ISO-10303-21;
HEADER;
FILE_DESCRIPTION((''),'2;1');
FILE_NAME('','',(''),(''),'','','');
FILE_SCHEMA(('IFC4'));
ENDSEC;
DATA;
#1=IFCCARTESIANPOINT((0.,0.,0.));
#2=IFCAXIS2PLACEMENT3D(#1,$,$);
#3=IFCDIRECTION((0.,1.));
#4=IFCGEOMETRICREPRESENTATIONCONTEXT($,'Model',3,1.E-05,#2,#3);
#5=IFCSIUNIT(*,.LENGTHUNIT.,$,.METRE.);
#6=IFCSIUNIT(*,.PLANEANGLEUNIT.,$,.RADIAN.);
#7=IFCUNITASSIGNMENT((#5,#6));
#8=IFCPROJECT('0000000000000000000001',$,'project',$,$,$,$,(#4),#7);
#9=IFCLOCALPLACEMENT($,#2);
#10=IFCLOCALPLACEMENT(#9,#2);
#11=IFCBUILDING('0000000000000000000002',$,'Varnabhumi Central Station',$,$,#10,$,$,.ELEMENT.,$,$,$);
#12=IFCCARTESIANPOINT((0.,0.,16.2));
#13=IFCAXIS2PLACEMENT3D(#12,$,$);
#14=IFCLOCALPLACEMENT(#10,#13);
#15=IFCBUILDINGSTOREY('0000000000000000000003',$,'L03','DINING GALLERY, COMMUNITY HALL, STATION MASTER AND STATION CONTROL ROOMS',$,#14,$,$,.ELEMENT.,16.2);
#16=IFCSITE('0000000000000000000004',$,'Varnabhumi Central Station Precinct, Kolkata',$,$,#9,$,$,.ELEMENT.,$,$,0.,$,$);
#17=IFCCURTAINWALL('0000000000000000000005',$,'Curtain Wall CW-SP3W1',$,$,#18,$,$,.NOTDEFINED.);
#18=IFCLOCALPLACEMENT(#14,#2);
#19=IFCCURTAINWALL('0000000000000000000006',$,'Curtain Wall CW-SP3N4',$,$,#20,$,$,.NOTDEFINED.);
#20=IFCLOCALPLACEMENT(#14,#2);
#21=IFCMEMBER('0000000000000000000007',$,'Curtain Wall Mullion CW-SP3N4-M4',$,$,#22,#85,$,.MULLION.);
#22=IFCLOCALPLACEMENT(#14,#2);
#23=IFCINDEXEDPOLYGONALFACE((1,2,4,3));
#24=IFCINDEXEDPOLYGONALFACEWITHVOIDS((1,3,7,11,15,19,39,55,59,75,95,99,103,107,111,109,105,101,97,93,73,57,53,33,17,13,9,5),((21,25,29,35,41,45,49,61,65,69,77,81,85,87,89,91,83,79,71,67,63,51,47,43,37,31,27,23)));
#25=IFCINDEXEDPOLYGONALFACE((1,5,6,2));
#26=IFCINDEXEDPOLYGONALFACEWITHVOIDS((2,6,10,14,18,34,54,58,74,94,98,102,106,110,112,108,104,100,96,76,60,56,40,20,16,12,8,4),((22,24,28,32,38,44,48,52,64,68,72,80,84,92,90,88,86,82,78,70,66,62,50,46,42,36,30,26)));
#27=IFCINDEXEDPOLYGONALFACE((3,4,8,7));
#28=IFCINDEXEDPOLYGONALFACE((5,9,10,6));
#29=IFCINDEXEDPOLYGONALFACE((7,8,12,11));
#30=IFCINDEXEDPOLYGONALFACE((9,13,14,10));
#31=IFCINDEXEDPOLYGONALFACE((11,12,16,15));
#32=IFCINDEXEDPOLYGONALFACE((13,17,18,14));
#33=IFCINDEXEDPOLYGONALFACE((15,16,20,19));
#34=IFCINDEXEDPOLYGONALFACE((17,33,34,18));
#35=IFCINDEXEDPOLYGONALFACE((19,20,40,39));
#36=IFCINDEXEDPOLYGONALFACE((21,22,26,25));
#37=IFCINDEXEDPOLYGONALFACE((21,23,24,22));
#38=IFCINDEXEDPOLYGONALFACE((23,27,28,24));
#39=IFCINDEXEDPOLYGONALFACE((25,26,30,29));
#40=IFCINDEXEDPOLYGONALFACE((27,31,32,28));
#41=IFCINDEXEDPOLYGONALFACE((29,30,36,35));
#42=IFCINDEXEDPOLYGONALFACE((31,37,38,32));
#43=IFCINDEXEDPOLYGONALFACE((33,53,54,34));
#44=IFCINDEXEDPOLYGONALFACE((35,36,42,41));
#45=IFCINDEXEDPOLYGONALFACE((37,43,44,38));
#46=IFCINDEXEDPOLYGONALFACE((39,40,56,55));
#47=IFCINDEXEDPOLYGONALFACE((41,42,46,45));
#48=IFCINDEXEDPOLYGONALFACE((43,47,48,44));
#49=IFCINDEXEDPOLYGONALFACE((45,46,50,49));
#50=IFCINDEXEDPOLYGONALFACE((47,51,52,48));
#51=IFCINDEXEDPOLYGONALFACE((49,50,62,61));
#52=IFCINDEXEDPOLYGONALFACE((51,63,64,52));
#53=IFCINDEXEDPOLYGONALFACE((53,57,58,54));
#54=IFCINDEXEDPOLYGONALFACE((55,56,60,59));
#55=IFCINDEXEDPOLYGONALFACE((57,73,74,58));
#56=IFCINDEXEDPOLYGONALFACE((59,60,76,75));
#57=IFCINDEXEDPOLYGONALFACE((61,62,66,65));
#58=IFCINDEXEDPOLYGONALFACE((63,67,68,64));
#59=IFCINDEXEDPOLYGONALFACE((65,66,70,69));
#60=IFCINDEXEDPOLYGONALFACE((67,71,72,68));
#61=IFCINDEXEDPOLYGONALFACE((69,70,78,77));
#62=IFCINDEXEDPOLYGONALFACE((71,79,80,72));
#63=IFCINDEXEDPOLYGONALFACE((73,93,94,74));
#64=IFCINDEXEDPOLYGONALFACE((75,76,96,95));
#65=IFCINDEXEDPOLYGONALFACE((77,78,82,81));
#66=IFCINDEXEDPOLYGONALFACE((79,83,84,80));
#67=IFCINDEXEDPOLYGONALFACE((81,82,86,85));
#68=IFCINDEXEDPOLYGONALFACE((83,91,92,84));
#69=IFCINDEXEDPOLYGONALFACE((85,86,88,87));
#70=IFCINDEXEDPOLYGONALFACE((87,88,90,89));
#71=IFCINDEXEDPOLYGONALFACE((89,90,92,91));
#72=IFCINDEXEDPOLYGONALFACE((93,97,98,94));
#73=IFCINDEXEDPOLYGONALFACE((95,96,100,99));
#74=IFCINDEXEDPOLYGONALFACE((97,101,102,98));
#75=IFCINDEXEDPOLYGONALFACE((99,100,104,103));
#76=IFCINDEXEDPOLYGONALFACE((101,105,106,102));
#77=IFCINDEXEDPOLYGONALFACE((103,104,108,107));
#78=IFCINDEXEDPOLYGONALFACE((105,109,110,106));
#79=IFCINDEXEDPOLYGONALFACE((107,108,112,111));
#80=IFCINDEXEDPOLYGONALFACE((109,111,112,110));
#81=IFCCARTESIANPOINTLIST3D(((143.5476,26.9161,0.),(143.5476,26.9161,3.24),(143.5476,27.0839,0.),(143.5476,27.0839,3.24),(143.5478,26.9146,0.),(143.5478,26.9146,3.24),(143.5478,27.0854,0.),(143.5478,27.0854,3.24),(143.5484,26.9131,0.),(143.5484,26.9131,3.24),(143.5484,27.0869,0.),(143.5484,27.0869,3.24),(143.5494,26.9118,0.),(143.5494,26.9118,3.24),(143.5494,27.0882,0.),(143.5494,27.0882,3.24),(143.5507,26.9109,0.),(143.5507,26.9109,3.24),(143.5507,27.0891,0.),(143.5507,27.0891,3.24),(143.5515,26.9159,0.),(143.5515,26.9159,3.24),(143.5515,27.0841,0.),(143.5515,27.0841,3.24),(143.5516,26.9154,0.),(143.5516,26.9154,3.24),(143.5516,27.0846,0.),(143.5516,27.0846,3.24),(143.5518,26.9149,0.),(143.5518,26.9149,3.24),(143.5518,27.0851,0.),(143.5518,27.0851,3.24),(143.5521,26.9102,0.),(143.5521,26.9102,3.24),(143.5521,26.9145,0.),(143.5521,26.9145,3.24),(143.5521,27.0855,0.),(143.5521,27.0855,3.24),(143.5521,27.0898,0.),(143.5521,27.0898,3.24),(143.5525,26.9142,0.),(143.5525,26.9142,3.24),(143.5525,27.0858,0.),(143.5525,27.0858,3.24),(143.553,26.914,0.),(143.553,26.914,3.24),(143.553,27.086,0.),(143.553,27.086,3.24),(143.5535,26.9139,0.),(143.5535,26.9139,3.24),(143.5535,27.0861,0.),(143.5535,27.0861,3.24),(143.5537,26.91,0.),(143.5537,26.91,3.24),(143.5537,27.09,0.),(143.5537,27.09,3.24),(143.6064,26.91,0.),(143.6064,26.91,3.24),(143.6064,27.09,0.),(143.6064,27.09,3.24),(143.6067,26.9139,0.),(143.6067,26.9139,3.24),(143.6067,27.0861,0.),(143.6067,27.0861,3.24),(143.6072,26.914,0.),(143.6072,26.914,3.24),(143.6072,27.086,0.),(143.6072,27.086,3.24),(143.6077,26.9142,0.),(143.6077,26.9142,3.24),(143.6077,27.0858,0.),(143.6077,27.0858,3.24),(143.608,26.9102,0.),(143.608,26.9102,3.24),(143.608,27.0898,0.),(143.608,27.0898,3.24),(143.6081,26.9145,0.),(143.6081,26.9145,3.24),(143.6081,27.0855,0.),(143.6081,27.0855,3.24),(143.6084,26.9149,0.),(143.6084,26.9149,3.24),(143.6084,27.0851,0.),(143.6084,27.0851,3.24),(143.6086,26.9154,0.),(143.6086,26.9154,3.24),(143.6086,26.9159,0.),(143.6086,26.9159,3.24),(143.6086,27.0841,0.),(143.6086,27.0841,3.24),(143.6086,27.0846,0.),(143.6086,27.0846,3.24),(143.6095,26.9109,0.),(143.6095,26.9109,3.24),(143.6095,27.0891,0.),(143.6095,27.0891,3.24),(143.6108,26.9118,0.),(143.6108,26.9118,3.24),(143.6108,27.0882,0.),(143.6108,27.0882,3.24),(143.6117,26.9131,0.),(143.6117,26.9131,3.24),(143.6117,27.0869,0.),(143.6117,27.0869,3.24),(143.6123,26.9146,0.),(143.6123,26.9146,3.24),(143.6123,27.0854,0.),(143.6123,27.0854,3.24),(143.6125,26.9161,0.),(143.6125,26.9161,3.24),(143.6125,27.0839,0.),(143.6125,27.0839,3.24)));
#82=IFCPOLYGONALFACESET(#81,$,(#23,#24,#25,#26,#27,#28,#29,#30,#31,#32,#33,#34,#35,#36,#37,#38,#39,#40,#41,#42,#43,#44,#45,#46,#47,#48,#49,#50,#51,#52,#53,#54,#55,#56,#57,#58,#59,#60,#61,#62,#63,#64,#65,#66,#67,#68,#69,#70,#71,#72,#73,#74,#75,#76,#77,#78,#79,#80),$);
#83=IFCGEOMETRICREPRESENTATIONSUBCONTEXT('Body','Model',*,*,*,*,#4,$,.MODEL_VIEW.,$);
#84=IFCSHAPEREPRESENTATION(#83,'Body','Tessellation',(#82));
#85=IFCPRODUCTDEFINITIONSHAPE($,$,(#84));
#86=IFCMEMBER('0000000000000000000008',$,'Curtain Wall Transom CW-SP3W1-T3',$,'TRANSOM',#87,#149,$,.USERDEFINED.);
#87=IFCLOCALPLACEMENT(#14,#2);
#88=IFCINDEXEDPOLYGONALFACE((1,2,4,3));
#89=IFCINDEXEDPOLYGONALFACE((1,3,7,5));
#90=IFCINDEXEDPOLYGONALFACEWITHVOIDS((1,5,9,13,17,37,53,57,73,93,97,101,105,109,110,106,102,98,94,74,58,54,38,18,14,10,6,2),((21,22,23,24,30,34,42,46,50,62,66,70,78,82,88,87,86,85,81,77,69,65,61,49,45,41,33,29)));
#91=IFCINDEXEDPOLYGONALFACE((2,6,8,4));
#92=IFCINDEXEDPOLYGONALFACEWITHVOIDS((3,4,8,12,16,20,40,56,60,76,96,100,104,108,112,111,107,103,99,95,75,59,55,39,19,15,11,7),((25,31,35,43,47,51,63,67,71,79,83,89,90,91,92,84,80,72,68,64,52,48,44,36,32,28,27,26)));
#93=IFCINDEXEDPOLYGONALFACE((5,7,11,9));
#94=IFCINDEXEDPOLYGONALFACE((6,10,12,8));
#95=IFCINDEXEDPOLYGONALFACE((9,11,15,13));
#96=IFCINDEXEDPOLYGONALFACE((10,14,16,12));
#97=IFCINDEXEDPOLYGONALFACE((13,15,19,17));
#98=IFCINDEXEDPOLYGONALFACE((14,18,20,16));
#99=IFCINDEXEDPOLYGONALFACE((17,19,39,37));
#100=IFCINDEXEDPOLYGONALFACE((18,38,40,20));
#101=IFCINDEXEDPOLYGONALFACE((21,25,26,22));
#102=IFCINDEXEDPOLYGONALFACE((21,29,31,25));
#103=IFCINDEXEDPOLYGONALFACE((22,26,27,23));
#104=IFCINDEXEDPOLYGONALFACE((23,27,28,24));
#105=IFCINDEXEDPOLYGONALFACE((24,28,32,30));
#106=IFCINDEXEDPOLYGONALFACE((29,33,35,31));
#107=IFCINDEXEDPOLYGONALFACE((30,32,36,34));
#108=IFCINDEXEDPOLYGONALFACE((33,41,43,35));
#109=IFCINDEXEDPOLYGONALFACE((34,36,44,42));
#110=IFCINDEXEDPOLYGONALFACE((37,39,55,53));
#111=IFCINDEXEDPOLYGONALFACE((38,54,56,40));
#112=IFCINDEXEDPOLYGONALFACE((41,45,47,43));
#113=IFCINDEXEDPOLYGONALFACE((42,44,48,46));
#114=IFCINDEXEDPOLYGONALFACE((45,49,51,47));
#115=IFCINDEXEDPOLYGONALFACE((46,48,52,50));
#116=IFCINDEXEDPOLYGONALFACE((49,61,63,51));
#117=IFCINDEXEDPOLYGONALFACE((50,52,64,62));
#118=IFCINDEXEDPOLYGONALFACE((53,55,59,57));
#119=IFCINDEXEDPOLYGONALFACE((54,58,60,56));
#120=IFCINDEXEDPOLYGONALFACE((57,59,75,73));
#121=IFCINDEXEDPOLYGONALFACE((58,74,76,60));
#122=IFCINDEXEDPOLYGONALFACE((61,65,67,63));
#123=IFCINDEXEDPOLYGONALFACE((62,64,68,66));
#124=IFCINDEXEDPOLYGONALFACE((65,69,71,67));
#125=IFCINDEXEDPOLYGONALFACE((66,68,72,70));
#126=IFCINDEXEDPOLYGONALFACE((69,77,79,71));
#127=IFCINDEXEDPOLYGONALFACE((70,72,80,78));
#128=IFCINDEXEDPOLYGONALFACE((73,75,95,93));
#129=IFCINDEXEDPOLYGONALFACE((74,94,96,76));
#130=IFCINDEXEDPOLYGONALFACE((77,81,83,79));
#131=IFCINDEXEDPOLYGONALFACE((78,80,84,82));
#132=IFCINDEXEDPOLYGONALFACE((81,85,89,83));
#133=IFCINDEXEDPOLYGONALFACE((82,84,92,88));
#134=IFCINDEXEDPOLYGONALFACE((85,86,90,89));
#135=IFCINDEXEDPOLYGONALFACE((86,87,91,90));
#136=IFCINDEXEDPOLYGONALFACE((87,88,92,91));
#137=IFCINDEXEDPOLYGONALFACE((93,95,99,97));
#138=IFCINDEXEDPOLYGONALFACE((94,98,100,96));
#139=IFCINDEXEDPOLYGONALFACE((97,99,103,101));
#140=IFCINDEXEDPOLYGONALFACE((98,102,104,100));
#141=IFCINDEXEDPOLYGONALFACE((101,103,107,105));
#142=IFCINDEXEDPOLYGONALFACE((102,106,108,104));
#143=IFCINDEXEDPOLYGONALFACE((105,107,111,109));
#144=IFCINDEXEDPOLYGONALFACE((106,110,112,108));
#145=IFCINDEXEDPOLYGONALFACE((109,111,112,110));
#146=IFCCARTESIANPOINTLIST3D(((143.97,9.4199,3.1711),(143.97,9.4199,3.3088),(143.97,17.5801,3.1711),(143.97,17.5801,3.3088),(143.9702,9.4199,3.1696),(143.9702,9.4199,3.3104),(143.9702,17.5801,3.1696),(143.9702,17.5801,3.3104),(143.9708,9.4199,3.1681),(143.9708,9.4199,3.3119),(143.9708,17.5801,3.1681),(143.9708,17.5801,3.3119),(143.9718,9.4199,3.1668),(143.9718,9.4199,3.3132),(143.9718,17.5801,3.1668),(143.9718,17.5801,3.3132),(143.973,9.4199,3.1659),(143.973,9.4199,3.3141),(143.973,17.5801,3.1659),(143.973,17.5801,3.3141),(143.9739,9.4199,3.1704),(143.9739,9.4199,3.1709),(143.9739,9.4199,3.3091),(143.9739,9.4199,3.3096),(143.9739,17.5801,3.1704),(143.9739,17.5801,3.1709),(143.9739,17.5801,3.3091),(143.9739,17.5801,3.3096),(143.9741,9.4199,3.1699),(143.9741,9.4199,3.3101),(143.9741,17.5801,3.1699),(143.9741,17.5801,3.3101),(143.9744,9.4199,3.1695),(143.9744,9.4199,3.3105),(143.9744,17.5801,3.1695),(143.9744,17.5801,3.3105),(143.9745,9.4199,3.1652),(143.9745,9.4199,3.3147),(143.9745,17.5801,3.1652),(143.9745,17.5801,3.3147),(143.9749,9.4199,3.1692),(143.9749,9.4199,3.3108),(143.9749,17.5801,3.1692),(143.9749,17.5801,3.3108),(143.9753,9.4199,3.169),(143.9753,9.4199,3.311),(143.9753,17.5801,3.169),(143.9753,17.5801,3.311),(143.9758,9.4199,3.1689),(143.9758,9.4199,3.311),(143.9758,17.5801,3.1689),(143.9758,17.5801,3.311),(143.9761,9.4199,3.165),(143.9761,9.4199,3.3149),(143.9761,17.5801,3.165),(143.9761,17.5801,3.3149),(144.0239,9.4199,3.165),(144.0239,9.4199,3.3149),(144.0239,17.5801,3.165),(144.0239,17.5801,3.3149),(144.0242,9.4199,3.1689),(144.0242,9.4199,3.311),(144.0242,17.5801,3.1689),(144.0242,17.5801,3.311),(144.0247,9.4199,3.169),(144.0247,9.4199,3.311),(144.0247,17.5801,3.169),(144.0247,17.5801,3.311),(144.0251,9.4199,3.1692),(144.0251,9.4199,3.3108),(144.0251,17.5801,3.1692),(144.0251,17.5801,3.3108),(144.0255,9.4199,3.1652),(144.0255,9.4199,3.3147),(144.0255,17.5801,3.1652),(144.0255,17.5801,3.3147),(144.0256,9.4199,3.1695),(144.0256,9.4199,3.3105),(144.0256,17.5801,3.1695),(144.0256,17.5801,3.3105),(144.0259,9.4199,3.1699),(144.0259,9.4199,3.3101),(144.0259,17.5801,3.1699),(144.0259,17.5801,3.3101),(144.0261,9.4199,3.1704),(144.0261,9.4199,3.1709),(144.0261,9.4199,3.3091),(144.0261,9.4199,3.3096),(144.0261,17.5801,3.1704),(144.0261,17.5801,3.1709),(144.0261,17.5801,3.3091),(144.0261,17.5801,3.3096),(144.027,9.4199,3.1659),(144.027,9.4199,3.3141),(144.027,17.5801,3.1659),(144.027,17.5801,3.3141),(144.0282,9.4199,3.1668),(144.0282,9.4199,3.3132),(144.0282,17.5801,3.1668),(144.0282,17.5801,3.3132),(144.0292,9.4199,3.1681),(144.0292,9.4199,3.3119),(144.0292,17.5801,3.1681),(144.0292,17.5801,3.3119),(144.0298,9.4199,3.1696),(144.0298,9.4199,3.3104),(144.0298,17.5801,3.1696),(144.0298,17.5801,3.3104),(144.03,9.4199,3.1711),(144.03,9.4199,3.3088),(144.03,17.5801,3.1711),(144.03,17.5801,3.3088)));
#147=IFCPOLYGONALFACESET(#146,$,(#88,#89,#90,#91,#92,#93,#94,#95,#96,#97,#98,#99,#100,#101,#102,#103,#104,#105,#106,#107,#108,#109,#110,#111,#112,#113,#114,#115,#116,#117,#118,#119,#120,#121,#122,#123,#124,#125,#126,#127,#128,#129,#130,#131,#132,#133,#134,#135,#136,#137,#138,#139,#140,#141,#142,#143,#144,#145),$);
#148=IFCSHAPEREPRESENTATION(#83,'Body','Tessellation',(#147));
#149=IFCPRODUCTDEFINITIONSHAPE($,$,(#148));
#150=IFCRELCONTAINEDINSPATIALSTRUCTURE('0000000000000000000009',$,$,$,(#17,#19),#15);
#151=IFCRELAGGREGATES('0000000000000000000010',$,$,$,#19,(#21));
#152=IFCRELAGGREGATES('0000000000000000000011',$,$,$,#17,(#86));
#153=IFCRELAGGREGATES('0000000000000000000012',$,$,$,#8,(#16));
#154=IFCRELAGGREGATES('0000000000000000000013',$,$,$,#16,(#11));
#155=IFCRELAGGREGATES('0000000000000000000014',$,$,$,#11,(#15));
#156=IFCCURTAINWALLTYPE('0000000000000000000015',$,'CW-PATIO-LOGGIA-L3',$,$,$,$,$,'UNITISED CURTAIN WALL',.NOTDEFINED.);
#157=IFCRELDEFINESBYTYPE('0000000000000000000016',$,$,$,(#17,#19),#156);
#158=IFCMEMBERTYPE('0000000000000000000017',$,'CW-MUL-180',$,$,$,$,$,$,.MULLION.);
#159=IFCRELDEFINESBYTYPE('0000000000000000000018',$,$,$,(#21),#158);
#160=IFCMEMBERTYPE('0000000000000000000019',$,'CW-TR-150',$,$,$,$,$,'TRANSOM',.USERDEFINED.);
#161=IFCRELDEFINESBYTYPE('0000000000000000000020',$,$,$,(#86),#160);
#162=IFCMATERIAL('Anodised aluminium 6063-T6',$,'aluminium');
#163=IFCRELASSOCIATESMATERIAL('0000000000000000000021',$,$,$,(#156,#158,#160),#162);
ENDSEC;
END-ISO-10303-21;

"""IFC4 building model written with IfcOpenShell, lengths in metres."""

from ifc_helpers import new_model, si_unit, direction, frame, origin, origin_2d, place, context, subcontext, project, spatial, hollow_rectangle, extrude, material, material_profile, profile_set, type_object, element, aggregate, save


model = new_model("IFC4")

# Units and contexts
model_context = context("Model", 3, precision=1e-05, world=origin(), true_north=direction((0.0, 1.0)))
body_context = subcontext(model_context, "Body", "Model", "MODEL_VIEW")
ifc_project = project(units=[si_unit("LENGTHUNIT", "METRE"), si_unit("PLANEANGLEUNIT", "RADIAN")], contexts=[model_context])

# Site, building, storey
site_placement = place(None, origin())
site = spatial("IfcSite", under=ifc_project, at=site_placement, Name="Varnabhumi Central Station Precinct, Kolkata", CompositionType="ELEMENT", RefElevation=0.0)
building_placement = place(site_placement, origin())
building = spatial("IfcBuilding", under=site, at=building_placement, Name="Varnabhumi Central Station", CompositionType="ELEMENT")
storey_placement = place(building_placement, frame((0.0, 0.0, 16.2)))
storey = spatial("IfcBuildingStorey", under=building, at=storey_placement, Name="L03", Description="DINING GALLERY, COMMUNITY HALL, STATION MASTER AND STATION CONTROL ROOMS", CompositionType="ELEMENT", Elevation=16.2)

# Curtain walls, member
ifc_material_1 = material(Name="Anodised aluminium 6063-T6", Category="aluminium")
curtain_wall_type = type_object("IfcCurtainWallType", Name="CW-PATIO-LOGGIA-L3", ElementType="UNITISED CURTAIN WALL", PredefinedType="NOTDEFINED", material=ifc_material_1)
curtain_wall_1_placement = place(storey_placement, origin())
curtain_wall_1 = element("IfcCurtainWall", 1, at=curtain_wall_1_placement, inside=storey, type_object=curtain_wall_type, Name="Curtain Wall CW-SP3W1", PredefinedType="NOTDEFINED")
ifc_material_profile_1 = material_profile(ifc_material_1, hollow_rectangle(XDim=0.0649, YDim=0.1799, WallThickness=0.0039, InnerFilletRadius=0.002, OuterFilletRadius=0.0061, at=origin_2d()), Name="Anodised aluminium 6063-T6", Category="aluminium")
ifc_profile_set_1 = profile_set([ifc_material_profile_1], Name="Anodised aluminium 6063-T6")
member_type_1 = type_object("IfcMemberType", Name="CW-MUL-180", PredefinedType="MULLION", material=ifc_profile_set_1)
curtain_wall_2_placement = place(storey_placement, origin())
curtain_wall_2 = element("IfcCurtainWall", 2, at=curtain_wall_2_placement, inside=storey, type_object=curtain_wall_type, Name="Curtain Wall CW-SP3N4", PredefinedType="NOTDEFINED")
member_1_placement = place(storey_placement, frame((143.5801, 27.0, 0.0), z_axis=(0.0, 0.0, 1.0), x_axis=(1.0, 0.0, 0.0)))
member_1 = element("IfcMember", 3, at=member_1_placement, type_object=member_type_1, Name="Curtain Wall Mullion CW-SP3N4-M4", PredefinedType="MULLION", context=body_context, shape_type="SweptSolid", body=[
    extrude(hollow_rectangle(XDim=0.0649, YDim=0.1799, WallThickness=0.0039, InnerFilletRadius=0.002, OuterFilletRadius=0.0061, at=origin_2d()), origin(), (0.0, 0.0, 1.0), 3.24),
])

# Member
ifc_material_profile_2 = material_profile(ifc_material_1, hollow_rectangle(XDim=0.0601, YDim=0.1499, WallThickness=0.0039, InnerFilletRadius=0.002, OuterFilletRadius=0.0061, at=origin_2d()), Name="Anodised aluminium 6063-T6", Category="aluminium")
ifc_profile_set_2 = profile_set([ifc_material_profile_2], Name="Anodised aluminium 6063-T6")
member_type_2 = type_object("IfcMemberType", Name="CW-TR-150", ElementType="TRANSOM", PredefinedType="USERDEFINED", material=ifc_profile_set_2)
member_2_placement = place(storey_placement, frame((144.0, 9.4199, 3.24), z_axis=(0.0, 1.0, 0.0), x_axis=(-1.0, 0.0, 0.0)))
member_2 = element("IfcMember", 4, at=member_2_placement, type_object=member_type_2, Name="Curtain Wall Transom CW-SP3W1-T3", ObjectType="TRANSOM", PredefinedType="USERDEFINED", context=body_context, shape_type="SweptSolid", body=[
    extrude(hollow_rectangle(XDim=0.0601, YDim=0.1499, WallThickness=0.0039, InnerFilletRadius=0.002, OuterFilletRadius=0.0061, at=origin_2d()), origin(), (0.0, 0.0, 1.0), 8.1602),
])

aggregate(curtain_wall_2, [member_1])
aggregate(curtain_wall_1, [member_2])

save(model, "model.ifc")
